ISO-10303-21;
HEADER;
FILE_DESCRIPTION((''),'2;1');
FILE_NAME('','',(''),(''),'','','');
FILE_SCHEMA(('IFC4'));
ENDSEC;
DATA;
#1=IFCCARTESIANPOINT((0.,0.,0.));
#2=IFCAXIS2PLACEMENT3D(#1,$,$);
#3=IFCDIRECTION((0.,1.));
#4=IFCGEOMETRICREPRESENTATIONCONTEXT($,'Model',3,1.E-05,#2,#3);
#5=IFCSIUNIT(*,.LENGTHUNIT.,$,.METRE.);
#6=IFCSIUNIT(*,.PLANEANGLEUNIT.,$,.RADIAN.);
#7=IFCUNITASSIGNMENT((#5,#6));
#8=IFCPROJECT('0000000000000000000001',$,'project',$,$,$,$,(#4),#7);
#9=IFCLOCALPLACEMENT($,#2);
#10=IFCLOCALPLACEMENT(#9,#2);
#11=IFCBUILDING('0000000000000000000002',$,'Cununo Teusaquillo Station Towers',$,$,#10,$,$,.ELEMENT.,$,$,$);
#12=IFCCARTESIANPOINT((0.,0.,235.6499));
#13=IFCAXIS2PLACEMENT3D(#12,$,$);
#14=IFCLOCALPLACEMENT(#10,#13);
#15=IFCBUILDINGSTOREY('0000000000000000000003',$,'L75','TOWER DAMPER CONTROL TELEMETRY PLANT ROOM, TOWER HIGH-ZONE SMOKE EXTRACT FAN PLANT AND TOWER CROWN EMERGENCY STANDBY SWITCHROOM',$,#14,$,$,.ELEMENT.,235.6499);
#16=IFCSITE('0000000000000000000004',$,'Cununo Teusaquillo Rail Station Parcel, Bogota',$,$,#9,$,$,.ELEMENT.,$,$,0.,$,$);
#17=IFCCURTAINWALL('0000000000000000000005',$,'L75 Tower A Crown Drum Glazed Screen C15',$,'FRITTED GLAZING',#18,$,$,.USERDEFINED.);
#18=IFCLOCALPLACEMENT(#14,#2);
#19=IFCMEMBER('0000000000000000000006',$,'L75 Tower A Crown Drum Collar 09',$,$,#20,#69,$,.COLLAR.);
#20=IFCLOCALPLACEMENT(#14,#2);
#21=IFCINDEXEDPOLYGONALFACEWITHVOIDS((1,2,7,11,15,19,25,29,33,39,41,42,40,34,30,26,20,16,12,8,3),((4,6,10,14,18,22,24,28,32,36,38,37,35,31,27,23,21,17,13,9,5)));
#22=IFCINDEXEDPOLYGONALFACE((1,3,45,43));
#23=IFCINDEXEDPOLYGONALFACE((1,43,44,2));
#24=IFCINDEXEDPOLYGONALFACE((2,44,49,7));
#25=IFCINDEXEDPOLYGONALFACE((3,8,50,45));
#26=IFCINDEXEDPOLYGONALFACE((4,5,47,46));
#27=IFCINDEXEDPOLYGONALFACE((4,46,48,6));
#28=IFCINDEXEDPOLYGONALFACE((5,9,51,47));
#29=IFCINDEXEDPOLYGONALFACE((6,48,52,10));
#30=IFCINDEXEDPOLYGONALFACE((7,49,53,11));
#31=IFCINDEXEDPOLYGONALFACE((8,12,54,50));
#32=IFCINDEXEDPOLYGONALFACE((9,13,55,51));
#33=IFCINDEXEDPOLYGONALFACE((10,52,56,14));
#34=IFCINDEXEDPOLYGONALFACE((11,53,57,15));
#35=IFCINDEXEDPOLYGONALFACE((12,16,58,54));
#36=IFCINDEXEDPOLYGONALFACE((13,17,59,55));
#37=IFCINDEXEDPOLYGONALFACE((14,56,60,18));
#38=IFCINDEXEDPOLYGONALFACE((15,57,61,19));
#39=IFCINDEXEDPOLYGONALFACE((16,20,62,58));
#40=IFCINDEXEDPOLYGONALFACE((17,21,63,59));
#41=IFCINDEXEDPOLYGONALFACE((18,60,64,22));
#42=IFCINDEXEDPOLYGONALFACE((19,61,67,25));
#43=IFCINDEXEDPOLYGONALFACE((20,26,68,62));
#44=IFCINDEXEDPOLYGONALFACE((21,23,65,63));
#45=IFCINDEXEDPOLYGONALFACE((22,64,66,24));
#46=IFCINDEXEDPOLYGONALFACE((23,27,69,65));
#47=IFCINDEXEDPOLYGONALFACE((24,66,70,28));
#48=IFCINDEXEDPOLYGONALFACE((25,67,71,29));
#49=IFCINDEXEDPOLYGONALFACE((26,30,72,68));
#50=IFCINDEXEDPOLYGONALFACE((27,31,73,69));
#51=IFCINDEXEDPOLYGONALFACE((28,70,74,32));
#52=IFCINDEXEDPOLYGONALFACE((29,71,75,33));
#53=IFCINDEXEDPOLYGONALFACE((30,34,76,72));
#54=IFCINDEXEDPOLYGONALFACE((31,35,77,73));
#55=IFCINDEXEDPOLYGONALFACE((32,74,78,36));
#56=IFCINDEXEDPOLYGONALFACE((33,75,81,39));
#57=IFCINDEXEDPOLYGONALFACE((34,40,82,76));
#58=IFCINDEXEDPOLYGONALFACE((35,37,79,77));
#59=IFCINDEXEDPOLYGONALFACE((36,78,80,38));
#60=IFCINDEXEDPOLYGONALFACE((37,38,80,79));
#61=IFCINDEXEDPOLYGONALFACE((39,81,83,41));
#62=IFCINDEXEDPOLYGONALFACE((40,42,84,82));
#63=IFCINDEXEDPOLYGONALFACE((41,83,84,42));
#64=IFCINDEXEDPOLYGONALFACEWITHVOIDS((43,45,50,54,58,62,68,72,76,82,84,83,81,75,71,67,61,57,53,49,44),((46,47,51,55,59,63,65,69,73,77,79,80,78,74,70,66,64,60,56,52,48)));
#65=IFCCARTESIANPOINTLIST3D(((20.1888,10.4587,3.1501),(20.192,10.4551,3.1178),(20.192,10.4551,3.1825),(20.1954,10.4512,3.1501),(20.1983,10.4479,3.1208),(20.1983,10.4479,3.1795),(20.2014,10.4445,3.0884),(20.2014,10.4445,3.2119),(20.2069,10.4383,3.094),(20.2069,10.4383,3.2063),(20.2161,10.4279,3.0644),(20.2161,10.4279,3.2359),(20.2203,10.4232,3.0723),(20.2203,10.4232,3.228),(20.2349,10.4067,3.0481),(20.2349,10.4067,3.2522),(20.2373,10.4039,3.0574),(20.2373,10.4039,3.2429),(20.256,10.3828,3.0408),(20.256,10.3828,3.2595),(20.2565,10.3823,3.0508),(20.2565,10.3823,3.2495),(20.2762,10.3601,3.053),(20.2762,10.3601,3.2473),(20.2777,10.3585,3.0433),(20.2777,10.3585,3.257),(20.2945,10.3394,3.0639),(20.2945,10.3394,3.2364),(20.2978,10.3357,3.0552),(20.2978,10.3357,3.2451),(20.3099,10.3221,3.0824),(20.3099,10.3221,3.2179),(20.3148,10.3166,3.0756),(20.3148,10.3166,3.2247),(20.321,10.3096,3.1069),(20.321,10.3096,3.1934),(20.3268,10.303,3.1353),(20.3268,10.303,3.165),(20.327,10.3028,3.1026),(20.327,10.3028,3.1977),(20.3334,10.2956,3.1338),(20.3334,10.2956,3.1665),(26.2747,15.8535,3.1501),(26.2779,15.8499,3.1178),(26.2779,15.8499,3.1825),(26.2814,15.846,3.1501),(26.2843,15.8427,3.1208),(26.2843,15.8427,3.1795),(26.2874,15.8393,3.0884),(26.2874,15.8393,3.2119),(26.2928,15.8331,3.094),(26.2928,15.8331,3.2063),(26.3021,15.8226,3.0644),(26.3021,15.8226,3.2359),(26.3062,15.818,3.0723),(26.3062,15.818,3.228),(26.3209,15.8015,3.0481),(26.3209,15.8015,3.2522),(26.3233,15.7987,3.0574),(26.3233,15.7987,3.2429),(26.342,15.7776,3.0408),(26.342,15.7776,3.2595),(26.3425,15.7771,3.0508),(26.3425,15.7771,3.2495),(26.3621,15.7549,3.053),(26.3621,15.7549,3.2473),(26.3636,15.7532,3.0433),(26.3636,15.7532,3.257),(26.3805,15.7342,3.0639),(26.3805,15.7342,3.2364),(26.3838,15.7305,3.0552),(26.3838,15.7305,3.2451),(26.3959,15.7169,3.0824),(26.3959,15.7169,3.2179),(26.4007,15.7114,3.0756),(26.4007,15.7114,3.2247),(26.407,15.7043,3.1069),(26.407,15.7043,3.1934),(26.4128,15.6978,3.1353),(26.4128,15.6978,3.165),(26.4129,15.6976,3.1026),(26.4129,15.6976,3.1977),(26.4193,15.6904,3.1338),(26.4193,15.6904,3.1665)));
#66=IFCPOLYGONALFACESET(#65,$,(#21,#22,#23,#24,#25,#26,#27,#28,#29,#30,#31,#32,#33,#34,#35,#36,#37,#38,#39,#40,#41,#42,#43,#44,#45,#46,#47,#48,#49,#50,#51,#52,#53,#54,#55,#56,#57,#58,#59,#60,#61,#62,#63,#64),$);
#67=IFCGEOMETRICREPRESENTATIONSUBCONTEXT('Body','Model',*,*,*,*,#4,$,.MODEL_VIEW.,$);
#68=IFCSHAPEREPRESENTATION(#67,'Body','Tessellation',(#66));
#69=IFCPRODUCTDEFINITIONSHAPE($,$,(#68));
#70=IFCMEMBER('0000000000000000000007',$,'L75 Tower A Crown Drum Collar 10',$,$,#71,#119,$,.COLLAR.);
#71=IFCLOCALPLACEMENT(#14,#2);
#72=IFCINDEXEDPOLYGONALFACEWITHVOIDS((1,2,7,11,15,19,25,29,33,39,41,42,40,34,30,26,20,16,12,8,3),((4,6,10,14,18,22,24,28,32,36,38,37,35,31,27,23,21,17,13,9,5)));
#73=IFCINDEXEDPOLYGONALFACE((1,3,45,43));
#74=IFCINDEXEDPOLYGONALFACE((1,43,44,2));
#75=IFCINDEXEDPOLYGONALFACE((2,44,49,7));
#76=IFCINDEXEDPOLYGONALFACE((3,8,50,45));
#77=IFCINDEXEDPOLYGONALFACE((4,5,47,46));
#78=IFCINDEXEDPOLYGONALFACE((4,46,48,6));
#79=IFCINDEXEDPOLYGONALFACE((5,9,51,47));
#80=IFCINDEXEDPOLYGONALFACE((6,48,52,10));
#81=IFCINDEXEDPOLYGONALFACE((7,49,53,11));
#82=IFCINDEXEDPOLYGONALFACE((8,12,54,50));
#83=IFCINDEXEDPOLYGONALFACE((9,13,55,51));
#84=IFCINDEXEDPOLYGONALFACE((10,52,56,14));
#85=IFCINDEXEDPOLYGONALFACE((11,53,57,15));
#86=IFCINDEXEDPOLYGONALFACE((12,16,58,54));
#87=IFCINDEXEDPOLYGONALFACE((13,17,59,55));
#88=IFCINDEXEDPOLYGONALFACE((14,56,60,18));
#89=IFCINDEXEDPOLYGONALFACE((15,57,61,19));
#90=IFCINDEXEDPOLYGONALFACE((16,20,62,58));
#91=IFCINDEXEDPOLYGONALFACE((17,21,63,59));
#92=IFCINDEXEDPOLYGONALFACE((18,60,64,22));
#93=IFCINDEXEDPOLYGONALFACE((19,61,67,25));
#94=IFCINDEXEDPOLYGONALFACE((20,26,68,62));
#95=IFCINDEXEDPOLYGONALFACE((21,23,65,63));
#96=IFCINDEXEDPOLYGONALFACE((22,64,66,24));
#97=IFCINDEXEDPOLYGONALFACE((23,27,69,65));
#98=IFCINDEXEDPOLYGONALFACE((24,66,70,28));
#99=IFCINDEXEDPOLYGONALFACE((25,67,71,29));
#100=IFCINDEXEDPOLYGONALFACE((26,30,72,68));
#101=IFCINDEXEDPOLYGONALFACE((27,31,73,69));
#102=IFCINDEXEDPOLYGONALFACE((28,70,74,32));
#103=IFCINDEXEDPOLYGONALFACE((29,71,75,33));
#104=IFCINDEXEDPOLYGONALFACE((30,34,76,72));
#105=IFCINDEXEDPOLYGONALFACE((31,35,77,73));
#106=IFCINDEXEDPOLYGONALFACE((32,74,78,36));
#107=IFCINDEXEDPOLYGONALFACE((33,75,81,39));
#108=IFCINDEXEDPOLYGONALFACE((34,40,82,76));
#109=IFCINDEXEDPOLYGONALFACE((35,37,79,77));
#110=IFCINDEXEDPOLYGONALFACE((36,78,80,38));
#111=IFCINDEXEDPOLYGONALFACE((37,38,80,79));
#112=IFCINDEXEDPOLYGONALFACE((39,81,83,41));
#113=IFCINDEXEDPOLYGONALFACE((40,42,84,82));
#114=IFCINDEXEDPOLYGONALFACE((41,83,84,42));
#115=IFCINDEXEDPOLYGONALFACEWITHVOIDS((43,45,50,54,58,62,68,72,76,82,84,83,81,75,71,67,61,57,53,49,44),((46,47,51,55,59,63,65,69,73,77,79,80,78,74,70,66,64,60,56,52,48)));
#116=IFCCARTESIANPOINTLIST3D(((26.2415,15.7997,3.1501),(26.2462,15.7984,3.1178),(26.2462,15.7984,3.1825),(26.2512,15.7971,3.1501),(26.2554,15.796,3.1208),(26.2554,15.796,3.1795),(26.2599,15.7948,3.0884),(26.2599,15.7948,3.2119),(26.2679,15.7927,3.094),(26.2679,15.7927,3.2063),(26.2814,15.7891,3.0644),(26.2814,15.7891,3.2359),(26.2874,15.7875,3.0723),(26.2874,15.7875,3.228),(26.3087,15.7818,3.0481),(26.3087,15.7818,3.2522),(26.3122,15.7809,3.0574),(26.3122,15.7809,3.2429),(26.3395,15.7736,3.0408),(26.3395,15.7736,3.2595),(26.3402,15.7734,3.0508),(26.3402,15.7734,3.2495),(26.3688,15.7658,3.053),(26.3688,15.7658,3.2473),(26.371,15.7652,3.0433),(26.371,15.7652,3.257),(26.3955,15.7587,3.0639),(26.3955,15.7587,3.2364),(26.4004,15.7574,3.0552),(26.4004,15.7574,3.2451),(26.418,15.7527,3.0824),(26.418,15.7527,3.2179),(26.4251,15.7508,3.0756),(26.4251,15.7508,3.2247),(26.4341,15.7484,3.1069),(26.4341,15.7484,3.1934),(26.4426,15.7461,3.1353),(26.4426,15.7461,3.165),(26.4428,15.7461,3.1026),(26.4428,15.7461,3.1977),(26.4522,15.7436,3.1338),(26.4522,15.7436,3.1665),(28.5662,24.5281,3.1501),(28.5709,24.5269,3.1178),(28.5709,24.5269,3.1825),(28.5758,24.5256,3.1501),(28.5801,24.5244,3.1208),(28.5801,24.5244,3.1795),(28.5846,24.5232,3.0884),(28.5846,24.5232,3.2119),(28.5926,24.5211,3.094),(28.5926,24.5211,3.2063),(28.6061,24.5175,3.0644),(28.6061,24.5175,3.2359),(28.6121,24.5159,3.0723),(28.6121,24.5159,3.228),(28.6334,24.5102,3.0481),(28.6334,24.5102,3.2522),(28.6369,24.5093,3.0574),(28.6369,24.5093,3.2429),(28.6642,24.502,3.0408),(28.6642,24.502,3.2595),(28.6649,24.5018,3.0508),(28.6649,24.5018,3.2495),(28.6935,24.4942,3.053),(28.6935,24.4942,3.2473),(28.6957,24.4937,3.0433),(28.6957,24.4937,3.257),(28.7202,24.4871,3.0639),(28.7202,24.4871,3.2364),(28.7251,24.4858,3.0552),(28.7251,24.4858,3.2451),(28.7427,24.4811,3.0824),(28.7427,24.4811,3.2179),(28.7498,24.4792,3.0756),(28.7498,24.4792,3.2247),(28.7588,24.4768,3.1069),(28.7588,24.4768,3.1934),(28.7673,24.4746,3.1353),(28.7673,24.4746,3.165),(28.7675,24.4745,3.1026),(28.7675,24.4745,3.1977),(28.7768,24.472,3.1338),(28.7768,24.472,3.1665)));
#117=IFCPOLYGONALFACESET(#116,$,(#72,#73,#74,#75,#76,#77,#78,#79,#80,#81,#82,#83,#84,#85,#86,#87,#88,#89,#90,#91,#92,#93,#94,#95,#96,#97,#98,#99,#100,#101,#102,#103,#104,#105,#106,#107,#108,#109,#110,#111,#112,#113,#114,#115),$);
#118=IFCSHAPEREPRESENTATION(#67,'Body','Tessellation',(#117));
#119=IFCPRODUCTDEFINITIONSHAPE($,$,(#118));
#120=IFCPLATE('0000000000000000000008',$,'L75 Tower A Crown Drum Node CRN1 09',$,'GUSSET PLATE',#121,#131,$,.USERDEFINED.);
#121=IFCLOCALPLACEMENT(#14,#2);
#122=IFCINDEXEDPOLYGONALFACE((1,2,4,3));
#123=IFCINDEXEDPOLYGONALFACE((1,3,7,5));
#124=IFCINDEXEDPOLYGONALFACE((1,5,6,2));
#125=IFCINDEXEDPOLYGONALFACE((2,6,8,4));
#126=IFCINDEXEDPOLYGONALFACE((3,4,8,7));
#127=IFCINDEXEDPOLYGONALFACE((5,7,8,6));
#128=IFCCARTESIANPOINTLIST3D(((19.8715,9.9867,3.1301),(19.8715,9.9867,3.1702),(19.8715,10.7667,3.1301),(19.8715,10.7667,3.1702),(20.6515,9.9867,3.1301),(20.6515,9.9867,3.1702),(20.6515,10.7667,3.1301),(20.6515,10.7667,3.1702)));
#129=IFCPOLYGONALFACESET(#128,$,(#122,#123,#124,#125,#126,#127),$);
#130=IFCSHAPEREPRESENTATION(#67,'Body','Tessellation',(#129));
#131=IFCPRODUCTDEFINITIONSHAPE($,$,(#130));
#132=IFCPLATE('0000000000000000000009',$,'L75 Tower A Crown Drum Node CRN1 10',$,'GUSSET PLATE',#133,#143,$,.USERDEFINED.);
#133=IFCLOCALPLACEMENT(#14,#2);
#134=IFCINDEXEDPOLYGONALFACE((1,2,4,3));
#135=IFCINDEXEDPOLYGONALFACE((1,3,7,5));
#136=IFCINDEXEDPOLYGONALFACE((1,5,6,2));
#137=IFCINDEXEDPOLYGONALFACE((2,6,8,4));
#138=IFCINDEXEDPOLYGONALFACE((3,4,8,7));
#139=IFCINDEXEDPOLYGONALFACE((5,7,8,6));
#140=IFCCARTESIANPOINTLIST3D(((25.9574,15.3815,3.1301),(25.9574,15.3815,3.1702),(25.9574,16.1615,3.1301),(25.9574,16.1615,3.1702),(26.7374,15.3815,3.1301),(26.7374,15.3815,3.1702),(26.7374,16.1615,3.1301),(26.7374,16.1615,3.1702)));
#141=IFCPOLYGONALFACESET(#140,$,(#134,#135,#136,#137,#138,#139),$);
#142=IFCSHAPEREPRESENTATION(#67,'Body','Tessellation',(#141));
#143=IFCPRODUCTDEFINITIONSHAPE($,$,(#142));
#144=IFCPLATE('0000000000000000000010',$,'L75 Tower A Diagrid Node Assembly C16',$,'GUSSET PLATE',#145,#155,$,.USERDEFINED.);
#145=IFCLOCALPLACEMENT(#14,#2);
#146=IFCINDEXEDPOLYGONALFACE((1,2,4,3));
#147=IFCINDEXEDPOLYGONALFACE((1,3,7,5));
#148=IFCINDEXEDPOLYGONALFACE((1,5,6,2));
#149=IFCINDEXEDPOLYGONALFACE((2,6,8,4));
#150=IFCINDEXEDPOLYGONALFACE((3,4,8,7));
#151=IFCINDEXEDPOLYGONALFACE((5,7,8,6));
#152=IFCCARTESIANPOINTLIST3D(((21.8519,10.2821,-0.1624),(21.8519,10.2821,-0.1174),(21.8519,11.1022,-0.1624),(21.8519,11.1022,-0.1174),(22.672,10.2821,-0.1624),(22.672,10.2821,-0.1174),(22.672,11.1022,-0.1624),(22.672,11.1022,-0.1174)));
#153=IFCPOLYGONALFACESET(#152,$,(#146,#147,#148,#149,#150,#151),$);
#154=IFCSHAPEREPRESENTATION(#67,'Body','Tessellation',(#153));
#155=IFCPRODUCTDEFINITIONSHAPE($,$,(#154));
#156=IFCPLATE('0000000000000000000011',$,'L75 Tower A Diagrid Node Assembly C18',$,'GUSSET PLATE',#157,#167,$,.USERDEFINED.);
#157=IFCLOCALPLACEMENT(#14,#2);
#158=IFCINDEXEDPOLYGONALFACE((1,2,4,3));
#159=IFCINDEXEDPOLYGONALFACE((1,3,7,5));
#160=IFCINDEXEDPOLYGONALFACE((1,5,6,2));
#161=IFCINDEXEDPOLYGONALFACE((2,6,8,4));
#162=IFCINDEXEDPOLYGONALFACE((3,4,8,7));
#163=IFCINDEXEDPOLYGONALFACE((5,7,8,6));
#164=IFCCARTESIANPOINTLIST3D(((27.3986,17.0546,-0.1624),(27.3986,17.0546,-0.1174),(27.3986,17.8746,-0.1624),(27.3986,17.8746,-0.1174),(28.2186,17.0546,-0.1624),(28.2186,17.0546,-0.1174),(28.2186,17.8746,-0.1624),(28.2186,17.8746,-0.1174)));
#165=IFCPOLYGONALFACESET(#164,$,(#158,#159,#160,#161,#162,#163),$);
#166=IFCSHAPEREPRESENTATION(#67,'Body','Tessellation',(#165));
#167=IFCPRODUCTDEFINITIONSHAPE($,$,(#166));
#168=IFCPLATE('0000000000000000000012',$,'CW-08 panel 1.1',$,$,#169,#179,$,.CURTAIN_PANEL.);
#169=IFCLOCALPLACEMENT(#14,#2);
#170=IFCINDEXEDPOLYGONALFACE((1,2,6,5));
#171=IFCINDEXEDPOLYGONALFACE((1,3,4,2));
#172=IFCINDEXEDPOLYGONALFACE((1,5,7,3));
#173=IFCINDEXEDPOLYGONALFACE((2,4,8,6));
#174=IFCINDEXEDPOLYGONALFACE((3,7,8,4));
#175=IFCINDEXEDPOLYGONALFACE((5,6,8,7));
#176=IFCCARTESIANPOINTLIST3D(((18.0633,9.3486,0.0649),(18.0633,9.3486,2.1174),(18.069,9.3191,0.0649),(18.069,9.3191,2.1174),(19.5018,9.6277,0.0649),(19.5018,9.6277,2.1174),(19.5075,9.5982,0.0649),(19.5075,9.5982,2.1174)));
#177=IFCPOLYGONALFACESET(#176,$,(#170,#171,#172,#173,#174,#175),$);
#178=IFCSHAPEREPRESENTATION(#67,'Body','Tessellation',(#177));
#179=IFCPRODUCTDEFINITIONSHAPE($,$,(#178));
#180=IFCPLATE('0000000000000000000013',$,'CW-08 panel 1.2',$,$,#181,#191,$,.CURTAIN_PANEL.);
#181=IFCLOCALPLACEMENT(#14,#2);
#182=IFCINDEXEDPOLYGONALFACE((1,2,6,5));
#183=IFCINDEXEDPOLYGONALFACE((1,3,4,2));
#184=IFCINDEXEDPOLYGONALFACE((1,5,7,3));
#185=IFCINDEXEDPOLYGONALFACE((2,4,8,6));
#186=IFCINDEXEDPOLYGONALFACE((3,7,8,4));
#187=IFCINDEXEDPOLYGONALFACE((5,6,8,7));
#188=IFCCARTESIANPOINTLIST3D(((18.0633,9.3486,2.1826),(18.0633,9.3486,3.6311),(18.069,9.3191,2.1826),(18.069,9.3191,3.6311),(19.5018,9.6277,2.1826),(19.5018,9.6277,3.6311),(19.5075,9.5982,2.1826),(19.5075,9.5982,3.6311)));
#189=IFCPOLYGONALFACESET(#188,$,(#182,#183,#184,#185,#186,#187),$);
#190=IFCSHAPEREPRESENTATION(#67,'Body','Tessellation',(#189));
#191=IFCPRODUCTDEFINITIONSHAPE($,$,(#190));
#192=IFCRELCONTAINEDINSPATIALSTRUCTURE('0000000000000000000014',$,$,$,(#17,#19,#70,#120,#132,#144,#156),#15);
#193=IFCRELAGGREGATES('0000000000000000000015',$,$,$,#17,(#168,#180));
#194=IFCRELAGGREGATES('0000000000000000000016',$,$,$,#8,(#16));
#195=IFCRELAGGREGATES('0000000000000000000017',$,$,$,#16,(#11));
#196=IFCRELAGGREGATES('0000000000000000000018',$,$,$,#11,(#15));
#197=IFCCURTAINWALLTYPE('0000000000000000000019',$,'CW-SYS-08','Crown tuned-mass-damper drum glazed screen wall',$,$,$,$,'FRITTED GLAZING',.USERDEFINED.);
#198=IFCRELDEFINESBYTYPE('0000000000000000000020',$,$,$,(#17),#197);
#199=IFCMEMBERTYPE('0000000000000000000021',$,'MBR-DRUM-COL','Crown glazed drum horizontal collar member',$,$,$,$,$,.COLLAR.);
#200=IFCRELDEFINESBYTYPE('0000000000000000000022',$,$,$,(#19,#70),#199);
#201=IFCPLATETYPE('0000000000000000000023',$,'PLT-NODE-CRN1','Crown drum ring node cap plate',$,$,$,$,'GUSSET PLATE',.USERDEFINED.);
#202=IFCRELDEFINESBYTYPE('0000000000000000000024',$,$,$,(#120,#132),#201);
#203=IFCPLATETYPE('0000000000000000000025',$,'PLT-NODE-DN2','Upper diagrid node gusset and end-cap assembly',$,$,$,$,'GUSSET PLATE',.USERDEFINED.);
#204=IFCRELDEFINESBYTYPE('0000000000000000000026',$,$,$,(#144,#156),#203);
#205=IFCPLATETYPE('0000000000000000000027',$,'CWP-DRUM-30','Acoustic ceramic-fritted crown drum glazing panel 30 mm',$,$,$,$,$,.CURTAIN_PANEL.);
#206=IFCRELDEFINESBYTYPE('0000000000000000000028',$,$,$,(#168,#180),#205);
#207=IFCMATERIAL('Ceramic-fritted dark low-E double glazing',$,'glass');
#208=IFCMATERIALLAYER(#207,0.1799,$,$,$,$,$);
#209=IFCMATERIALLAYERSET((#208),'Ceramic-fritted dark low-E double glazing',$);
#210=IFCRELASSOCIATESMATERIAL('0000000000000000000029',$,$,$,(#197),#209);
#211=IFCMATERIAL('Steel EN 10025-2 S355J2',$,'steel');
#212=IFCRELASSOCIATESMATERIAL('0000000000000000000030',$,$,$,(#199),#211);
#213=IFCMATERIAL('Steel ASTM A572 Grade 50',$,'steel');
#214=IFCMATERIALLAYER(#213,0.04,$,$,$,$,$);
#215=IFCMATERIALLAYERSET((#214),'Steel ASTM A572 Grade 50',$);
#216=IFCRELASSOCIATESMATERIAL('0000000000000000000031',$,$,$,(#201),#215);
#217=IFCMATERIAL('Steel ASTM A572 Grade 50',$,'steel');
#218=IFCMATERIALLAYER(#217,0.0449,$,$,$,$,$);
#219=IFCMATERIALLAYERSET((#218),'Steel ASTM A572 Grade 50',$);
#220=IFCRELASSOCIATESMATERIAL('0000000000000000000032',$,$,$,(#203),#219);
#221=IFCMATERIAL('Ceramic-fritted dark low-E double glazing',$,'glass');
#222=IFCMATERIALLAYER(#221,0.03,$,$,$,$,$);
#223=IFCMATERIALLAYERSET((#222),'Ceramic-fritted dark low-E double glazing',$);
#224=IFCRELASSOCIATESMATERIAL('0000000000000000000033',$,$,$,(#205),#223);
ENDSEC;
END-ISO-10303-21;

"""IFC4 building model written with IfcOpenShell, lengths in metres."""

from ifc_helpers import new_model, si_unit, direction, frame, origin, origin_2d, place, context, subcontext, project, spatial, rectangle, hollow_circle, extrude, source, transform, mapped, material, layer, layer_set, material_profile, profile_set, type_object, element, aggregate, save


model = new_model("IFC4")

# Units and contexts
model_context = context("Model", 3, precision=1e-05, world=origin(), true_north=direction((0.0, 1.0)))
body_context = subcontext(model_context, "Body", "Model", "MODEL_VIEW")
ifc_project = project(units=[si_unit("LENGTHUNIT", "METRE"), si_unit("PLANEANGLEUNIT", "RADIAN")], contexts=[model_context])

# Site, building, storey
site_placement = place(None, origin())
site = spatial("IfcSite", under=ifc_project, at=site_placement, Name="Cununo Teusaquillo Rail Station Parcel, Bogota", CompositionType="ELEMENT", RefElevation=0.0)
building_placement = place(site_placement, origin())
building = spatial("IfcBuilding", under=site, at=building_placement, Name="Cununo Teusaquillo Station Towers", CompositionType="ELEMENT")
storey_placement = place(building_placement, frame((0.0, 0.0, 235.6499)))
storey = spatial("IfcBuildingStorey", under=building, at=storey_placement, Name="L75", Description="TOWER DAMPER CONTROL TELEMETRY PLANT ROOM, TOWER HIGH-ZONE SMOKE EXTRACT FAN PLANT AND TOWER CROWN EMERGENCY STANDBY SWITCHROOM", CompositionType="ELEMENT", Elevation=235.6499)

# Curtain wall
ifc_material_1 = material(Name="Ceramic-fritted dark low-E double glazing", Category="glass")
ifc_layer_1 = layer(ifc_material_1, 0.1799)
ifc_layer_set_1 = layer_set([ifc_layer_1], Name="Ceramic-fritted dark low-E double glazing")
curtain_wall_type = type_object("IfcCurtainWallType", Name="CW-SYS-08", Description="Crown tuned-mass-damper drum glazed screen wall", ElementType="FRITTED GLAZING", PredefinedType="USERDEFINED", material=ifc_layer_set_1)
curtain_wall_1_placement = place(storey_placement, origin())
curtain_wall_1 = element("IfcCurtainWall", 1, at=curtain_wall_1_placement, inside=storey, type_object=curtain_wall_type, Name="L75 Tower A Crown Drum Glazed Screen C15", ObjectType="FRITTED GLAZING", PredefinedType="USERDEFINED")

# Members
ifc_material_2 = material(Name="Steel EN 10025-2 S355J2", Category="steel")
ifc_material_profile_1 = material_profile(ifc_material_2, hollow_circle(Radius=0.1096, WallThickness=0.01, at=origin_2d()), Name="CHS 219x10")
ifc_profile_set_1 = profile_set([ifc_material_profile_1], Name="Steel EN 10025-2 S355J2")
member_type_1 = type_object("IfcMemberType", Name="MBR-DRUM-COL", Description="Crown glazed drum horizontal collar member", PredefinedType="COLLAR", material=ifc_profile_set_1)
member_1_placement = place(storey_placement, frame((20.2615, 10.3767, 3.1501), z_axis=(0.748321, 0.663337, 0.0), x_axis=(-0.663337, 0.748321, 0.0)))
element("IfcMember", 2, at=member_1_placement, inside=storey, type_object=member_type_1, Name="L75 Tower A Crown Drum Collar 09", PredefinedType="COLLAR", context=body_context, shape_type="SweptSolid", body=[
    extrude(hollow_circle(Radius=0.1096, WallThickness=0.01, at=origin_2d()), origin(), (0.0, 0.0, 1.0), 8.1328),
])
member_2_placement = place(storey_placement, frame((26.3474, 15.7715, 3.1501), z_axis=(0.257363, 0.966315, 0.0), x_axis=(-0.966315, 0.257363, 0.0)))
element("IfcMember", 3, at=member_2_placement, inside=storey, type_object=member_type_1, Name="L75 Tower A Crown Drum Collar 10", PredefinedType="COLLAR", context=body_context, shape_type="SweptSolid", body=[
    extrude(hollow_circle(Radius=0.1096, WallThickness=0.01, at=origin_2d()), origin(), (0.0, 0.0, 1.0), 9.0327),
])

# Plates
ifc_material_3 = material(Name="Steel ASTM A572 Grade 50", Category="steel")
ifc_layer_2 = layer(ifc_material_3, 0.04)
ifc_layer_set_2 = layer_set([ifc_layer_2], Name="Steel ASTM A572 Grade 50")
plate_type_1 = type_object("IfcPlateType", Name="PLT-NODE-CRN1", Description="Crown drum ring node cap plate", ElementType="GUSSET PLATE", PredefinedType="USERDEFINED", material=ifc_layer_set_2)
shared_shape_1 = source(origin(), body_context, "Body", "SweptSolid", [
    extrude(rectangle(XDim=0.78, YDim=0.78, at=origin_2d()), origin(), (0.0, 0.0, 1.0), 0.04),
])
for number, where, z_axis, x_axis, name in (
    (4, (20.2615, 10.3767, 3.1301), (0.0, 0.0, 1.0), (1.0, 0.0, 0.0), "L75 Tower A Crown Drum Node CRN1 09"),
    (5, (26.3474, 15.7715, 3.1301), (0.0, 0.0, 1.0), (1.0, 0.0, 0.0), "L75 Tower A Crown Drum Node CRN1 10"),
):
    element("IfcPlate", number, at=place(storey_placement, frame(where, z_axis=z_axis, x_axis=x_axis)), inside=storey, type_object=plate_type_1, Name=name, ObjectType="GUSSET PLATE", PredefinedType="USERDEFINED", context=body_context, shape_type="MappedRepresentation", body=[
        mapped(shared_shape_1, transform((0.0, 0.0, 0.0), x_axis=(1.0, 0.0, 0.0), y_axis=(0.0, 1.0, 0.0), z_axis=(0.0, 0.0, 1.0), scale=1.0)),
    ])
ifc_material_4 = material(Name="Steel ASTM A572 Grade 50", Category="steel")
ifc_layer_3 = layer(ifc_material_4, 0.0449)
ifc_layer_set_3 = layer_set([ifc_layer_3], Name="Steel ASTM A572 Grade 50")
plate_type_2 = type_object("IfcPlateType", Name="PLT-NODE-DN2", Description="Upper diagrid node gusset and end-cap assembly", ElementType="GUSSET PLATE", PredefinedType="USERDEFINED", material=ifc_layer_set_3)
shared_shape_2 = source(origin(), body_context, "Body", "SweptSolid", [
    extrude(rectangle(XDim=0.8201, YDim=0.8201, at=origin_2d()), origin(), (0.0, 0.0, 1.0), 0.0449),
])
for number, where, z_axis, x_axis, name in (
    (6, (22.262, 10.6921, -0.1624), (0.0, 0.0, 1.0), (1.0, 0.0, 0.0), "L75 Tower A Diagrid Node Assembly C16"),
    (7, (27.8086, 17.4646, -0.1624), (0.0, 0.0, 1.0), (1.0, 0.0, 0.0), "L75 Tower A Diagrid Node Assembly C18"),
):
    element("IfcPlate", number, at=place(storey_placement, frame(where, z_axis=z_axis, x_axis=x_axis)), inside=storey, type_object=plate_type_2, Name=name, ObjectType="GUSSET PLATE", PredefinedType="USERDEFINED", context=body_context, shape_type="MappedRepresentation", body=[
        mapped(shared_shape_2, transform((0.0, 0.0, 0.0), x_axis=(1.0, 0.0, 0.0), y_axis=(0.0, 1.0, 0.0), z_axis=(0.0, 0.0, 1.0), scale=1.0)),
    ])

# Plates
ifc_material_5 = material(Name="Ceramic-fritted dark low-E double glazing", Category="glass")
ifc_layer_4 = layer(ifc_material_5, 0.03)
ifc_layer_set_4 = layer_set([ifc_layer_4], Name="Ceramic-fritted dark low-E double glazing")
plate_type_3 = type_object("IfcPlateType", Name="CWP-DRUM-30", Description="Acoustic ceramic-fritted crown drum glazing panel 30 mm", PredefinedType="CURTAIN_PANEL", material=ifc_layer_set_4)
shared_shape_3 = source(origin(), body_context, "Body", "SweptSolid", [
    extrude(rectangle(XDim=1.4653, YDim=0.03, at=origin_2d()), origin(), (0.0, 0.0, 1.0), 2.0525),
])
plate_1_placement = place(storey_placement, frame((18.7854, 9.4734, 0.0649), z_axis=(0.0, 0.0, 1.0), x_axis=(-0.981696, -0.190453, 0.0)))
plate_1 = element("IfcPlate", 8, at=plate_1_placement, type_object=plate_type_3, Name="CW-08 panel 1.1", PredefinedType="CURTAIN_PANEL", context=body_context, shape_type="MappedRepresentation", body=[
    mapped(shared_shape_3, transform((0.0, 0.0, 0.0), x_axis=(1.0, 0.0, 0.0), y_axis=(0.0, 1.0, 0.0), z_axis=(0.0, 0.0, 1.0), scale=1.0)),
])
shared_shape_4 = source(origin(), body_context, "Body", "SweptSolid", [
    extrude(rectangle(XDim=1.4653, YDim=0.03, at=origin_2d()), origin(), (0.0, 0.0, 1.0), 1.4485),
])
plate_2_placement = place(storey_placement, frame((18.7854, 9.4734, 2.1826), z_axis=(0.0, 0.0, 1.0), x_axis=(-0.981696, -0.190453, 0.0)))
plate_2 = element("IfcPlate", 9, at=plate_2_placement, type_object=plate_type_3, Name="CW-08 panel 1.2", PredefinedType="CURTAIN_PANEL", context=body_context, shape_type="MappedRepresentation", body=[
    mapped(shared_shape_4, transform((0.0, 0.0, 0.0), x_axis=(1.0, 0.0, 0.0), y_axis=(0.0, 1.0, 0.0), z_axis=(0.0, 0.0, 1.0), scale=1.0)),
])
aggregate(curtain_wall_1, [plate_1, plate_2])

save(model, "model.ifc")
